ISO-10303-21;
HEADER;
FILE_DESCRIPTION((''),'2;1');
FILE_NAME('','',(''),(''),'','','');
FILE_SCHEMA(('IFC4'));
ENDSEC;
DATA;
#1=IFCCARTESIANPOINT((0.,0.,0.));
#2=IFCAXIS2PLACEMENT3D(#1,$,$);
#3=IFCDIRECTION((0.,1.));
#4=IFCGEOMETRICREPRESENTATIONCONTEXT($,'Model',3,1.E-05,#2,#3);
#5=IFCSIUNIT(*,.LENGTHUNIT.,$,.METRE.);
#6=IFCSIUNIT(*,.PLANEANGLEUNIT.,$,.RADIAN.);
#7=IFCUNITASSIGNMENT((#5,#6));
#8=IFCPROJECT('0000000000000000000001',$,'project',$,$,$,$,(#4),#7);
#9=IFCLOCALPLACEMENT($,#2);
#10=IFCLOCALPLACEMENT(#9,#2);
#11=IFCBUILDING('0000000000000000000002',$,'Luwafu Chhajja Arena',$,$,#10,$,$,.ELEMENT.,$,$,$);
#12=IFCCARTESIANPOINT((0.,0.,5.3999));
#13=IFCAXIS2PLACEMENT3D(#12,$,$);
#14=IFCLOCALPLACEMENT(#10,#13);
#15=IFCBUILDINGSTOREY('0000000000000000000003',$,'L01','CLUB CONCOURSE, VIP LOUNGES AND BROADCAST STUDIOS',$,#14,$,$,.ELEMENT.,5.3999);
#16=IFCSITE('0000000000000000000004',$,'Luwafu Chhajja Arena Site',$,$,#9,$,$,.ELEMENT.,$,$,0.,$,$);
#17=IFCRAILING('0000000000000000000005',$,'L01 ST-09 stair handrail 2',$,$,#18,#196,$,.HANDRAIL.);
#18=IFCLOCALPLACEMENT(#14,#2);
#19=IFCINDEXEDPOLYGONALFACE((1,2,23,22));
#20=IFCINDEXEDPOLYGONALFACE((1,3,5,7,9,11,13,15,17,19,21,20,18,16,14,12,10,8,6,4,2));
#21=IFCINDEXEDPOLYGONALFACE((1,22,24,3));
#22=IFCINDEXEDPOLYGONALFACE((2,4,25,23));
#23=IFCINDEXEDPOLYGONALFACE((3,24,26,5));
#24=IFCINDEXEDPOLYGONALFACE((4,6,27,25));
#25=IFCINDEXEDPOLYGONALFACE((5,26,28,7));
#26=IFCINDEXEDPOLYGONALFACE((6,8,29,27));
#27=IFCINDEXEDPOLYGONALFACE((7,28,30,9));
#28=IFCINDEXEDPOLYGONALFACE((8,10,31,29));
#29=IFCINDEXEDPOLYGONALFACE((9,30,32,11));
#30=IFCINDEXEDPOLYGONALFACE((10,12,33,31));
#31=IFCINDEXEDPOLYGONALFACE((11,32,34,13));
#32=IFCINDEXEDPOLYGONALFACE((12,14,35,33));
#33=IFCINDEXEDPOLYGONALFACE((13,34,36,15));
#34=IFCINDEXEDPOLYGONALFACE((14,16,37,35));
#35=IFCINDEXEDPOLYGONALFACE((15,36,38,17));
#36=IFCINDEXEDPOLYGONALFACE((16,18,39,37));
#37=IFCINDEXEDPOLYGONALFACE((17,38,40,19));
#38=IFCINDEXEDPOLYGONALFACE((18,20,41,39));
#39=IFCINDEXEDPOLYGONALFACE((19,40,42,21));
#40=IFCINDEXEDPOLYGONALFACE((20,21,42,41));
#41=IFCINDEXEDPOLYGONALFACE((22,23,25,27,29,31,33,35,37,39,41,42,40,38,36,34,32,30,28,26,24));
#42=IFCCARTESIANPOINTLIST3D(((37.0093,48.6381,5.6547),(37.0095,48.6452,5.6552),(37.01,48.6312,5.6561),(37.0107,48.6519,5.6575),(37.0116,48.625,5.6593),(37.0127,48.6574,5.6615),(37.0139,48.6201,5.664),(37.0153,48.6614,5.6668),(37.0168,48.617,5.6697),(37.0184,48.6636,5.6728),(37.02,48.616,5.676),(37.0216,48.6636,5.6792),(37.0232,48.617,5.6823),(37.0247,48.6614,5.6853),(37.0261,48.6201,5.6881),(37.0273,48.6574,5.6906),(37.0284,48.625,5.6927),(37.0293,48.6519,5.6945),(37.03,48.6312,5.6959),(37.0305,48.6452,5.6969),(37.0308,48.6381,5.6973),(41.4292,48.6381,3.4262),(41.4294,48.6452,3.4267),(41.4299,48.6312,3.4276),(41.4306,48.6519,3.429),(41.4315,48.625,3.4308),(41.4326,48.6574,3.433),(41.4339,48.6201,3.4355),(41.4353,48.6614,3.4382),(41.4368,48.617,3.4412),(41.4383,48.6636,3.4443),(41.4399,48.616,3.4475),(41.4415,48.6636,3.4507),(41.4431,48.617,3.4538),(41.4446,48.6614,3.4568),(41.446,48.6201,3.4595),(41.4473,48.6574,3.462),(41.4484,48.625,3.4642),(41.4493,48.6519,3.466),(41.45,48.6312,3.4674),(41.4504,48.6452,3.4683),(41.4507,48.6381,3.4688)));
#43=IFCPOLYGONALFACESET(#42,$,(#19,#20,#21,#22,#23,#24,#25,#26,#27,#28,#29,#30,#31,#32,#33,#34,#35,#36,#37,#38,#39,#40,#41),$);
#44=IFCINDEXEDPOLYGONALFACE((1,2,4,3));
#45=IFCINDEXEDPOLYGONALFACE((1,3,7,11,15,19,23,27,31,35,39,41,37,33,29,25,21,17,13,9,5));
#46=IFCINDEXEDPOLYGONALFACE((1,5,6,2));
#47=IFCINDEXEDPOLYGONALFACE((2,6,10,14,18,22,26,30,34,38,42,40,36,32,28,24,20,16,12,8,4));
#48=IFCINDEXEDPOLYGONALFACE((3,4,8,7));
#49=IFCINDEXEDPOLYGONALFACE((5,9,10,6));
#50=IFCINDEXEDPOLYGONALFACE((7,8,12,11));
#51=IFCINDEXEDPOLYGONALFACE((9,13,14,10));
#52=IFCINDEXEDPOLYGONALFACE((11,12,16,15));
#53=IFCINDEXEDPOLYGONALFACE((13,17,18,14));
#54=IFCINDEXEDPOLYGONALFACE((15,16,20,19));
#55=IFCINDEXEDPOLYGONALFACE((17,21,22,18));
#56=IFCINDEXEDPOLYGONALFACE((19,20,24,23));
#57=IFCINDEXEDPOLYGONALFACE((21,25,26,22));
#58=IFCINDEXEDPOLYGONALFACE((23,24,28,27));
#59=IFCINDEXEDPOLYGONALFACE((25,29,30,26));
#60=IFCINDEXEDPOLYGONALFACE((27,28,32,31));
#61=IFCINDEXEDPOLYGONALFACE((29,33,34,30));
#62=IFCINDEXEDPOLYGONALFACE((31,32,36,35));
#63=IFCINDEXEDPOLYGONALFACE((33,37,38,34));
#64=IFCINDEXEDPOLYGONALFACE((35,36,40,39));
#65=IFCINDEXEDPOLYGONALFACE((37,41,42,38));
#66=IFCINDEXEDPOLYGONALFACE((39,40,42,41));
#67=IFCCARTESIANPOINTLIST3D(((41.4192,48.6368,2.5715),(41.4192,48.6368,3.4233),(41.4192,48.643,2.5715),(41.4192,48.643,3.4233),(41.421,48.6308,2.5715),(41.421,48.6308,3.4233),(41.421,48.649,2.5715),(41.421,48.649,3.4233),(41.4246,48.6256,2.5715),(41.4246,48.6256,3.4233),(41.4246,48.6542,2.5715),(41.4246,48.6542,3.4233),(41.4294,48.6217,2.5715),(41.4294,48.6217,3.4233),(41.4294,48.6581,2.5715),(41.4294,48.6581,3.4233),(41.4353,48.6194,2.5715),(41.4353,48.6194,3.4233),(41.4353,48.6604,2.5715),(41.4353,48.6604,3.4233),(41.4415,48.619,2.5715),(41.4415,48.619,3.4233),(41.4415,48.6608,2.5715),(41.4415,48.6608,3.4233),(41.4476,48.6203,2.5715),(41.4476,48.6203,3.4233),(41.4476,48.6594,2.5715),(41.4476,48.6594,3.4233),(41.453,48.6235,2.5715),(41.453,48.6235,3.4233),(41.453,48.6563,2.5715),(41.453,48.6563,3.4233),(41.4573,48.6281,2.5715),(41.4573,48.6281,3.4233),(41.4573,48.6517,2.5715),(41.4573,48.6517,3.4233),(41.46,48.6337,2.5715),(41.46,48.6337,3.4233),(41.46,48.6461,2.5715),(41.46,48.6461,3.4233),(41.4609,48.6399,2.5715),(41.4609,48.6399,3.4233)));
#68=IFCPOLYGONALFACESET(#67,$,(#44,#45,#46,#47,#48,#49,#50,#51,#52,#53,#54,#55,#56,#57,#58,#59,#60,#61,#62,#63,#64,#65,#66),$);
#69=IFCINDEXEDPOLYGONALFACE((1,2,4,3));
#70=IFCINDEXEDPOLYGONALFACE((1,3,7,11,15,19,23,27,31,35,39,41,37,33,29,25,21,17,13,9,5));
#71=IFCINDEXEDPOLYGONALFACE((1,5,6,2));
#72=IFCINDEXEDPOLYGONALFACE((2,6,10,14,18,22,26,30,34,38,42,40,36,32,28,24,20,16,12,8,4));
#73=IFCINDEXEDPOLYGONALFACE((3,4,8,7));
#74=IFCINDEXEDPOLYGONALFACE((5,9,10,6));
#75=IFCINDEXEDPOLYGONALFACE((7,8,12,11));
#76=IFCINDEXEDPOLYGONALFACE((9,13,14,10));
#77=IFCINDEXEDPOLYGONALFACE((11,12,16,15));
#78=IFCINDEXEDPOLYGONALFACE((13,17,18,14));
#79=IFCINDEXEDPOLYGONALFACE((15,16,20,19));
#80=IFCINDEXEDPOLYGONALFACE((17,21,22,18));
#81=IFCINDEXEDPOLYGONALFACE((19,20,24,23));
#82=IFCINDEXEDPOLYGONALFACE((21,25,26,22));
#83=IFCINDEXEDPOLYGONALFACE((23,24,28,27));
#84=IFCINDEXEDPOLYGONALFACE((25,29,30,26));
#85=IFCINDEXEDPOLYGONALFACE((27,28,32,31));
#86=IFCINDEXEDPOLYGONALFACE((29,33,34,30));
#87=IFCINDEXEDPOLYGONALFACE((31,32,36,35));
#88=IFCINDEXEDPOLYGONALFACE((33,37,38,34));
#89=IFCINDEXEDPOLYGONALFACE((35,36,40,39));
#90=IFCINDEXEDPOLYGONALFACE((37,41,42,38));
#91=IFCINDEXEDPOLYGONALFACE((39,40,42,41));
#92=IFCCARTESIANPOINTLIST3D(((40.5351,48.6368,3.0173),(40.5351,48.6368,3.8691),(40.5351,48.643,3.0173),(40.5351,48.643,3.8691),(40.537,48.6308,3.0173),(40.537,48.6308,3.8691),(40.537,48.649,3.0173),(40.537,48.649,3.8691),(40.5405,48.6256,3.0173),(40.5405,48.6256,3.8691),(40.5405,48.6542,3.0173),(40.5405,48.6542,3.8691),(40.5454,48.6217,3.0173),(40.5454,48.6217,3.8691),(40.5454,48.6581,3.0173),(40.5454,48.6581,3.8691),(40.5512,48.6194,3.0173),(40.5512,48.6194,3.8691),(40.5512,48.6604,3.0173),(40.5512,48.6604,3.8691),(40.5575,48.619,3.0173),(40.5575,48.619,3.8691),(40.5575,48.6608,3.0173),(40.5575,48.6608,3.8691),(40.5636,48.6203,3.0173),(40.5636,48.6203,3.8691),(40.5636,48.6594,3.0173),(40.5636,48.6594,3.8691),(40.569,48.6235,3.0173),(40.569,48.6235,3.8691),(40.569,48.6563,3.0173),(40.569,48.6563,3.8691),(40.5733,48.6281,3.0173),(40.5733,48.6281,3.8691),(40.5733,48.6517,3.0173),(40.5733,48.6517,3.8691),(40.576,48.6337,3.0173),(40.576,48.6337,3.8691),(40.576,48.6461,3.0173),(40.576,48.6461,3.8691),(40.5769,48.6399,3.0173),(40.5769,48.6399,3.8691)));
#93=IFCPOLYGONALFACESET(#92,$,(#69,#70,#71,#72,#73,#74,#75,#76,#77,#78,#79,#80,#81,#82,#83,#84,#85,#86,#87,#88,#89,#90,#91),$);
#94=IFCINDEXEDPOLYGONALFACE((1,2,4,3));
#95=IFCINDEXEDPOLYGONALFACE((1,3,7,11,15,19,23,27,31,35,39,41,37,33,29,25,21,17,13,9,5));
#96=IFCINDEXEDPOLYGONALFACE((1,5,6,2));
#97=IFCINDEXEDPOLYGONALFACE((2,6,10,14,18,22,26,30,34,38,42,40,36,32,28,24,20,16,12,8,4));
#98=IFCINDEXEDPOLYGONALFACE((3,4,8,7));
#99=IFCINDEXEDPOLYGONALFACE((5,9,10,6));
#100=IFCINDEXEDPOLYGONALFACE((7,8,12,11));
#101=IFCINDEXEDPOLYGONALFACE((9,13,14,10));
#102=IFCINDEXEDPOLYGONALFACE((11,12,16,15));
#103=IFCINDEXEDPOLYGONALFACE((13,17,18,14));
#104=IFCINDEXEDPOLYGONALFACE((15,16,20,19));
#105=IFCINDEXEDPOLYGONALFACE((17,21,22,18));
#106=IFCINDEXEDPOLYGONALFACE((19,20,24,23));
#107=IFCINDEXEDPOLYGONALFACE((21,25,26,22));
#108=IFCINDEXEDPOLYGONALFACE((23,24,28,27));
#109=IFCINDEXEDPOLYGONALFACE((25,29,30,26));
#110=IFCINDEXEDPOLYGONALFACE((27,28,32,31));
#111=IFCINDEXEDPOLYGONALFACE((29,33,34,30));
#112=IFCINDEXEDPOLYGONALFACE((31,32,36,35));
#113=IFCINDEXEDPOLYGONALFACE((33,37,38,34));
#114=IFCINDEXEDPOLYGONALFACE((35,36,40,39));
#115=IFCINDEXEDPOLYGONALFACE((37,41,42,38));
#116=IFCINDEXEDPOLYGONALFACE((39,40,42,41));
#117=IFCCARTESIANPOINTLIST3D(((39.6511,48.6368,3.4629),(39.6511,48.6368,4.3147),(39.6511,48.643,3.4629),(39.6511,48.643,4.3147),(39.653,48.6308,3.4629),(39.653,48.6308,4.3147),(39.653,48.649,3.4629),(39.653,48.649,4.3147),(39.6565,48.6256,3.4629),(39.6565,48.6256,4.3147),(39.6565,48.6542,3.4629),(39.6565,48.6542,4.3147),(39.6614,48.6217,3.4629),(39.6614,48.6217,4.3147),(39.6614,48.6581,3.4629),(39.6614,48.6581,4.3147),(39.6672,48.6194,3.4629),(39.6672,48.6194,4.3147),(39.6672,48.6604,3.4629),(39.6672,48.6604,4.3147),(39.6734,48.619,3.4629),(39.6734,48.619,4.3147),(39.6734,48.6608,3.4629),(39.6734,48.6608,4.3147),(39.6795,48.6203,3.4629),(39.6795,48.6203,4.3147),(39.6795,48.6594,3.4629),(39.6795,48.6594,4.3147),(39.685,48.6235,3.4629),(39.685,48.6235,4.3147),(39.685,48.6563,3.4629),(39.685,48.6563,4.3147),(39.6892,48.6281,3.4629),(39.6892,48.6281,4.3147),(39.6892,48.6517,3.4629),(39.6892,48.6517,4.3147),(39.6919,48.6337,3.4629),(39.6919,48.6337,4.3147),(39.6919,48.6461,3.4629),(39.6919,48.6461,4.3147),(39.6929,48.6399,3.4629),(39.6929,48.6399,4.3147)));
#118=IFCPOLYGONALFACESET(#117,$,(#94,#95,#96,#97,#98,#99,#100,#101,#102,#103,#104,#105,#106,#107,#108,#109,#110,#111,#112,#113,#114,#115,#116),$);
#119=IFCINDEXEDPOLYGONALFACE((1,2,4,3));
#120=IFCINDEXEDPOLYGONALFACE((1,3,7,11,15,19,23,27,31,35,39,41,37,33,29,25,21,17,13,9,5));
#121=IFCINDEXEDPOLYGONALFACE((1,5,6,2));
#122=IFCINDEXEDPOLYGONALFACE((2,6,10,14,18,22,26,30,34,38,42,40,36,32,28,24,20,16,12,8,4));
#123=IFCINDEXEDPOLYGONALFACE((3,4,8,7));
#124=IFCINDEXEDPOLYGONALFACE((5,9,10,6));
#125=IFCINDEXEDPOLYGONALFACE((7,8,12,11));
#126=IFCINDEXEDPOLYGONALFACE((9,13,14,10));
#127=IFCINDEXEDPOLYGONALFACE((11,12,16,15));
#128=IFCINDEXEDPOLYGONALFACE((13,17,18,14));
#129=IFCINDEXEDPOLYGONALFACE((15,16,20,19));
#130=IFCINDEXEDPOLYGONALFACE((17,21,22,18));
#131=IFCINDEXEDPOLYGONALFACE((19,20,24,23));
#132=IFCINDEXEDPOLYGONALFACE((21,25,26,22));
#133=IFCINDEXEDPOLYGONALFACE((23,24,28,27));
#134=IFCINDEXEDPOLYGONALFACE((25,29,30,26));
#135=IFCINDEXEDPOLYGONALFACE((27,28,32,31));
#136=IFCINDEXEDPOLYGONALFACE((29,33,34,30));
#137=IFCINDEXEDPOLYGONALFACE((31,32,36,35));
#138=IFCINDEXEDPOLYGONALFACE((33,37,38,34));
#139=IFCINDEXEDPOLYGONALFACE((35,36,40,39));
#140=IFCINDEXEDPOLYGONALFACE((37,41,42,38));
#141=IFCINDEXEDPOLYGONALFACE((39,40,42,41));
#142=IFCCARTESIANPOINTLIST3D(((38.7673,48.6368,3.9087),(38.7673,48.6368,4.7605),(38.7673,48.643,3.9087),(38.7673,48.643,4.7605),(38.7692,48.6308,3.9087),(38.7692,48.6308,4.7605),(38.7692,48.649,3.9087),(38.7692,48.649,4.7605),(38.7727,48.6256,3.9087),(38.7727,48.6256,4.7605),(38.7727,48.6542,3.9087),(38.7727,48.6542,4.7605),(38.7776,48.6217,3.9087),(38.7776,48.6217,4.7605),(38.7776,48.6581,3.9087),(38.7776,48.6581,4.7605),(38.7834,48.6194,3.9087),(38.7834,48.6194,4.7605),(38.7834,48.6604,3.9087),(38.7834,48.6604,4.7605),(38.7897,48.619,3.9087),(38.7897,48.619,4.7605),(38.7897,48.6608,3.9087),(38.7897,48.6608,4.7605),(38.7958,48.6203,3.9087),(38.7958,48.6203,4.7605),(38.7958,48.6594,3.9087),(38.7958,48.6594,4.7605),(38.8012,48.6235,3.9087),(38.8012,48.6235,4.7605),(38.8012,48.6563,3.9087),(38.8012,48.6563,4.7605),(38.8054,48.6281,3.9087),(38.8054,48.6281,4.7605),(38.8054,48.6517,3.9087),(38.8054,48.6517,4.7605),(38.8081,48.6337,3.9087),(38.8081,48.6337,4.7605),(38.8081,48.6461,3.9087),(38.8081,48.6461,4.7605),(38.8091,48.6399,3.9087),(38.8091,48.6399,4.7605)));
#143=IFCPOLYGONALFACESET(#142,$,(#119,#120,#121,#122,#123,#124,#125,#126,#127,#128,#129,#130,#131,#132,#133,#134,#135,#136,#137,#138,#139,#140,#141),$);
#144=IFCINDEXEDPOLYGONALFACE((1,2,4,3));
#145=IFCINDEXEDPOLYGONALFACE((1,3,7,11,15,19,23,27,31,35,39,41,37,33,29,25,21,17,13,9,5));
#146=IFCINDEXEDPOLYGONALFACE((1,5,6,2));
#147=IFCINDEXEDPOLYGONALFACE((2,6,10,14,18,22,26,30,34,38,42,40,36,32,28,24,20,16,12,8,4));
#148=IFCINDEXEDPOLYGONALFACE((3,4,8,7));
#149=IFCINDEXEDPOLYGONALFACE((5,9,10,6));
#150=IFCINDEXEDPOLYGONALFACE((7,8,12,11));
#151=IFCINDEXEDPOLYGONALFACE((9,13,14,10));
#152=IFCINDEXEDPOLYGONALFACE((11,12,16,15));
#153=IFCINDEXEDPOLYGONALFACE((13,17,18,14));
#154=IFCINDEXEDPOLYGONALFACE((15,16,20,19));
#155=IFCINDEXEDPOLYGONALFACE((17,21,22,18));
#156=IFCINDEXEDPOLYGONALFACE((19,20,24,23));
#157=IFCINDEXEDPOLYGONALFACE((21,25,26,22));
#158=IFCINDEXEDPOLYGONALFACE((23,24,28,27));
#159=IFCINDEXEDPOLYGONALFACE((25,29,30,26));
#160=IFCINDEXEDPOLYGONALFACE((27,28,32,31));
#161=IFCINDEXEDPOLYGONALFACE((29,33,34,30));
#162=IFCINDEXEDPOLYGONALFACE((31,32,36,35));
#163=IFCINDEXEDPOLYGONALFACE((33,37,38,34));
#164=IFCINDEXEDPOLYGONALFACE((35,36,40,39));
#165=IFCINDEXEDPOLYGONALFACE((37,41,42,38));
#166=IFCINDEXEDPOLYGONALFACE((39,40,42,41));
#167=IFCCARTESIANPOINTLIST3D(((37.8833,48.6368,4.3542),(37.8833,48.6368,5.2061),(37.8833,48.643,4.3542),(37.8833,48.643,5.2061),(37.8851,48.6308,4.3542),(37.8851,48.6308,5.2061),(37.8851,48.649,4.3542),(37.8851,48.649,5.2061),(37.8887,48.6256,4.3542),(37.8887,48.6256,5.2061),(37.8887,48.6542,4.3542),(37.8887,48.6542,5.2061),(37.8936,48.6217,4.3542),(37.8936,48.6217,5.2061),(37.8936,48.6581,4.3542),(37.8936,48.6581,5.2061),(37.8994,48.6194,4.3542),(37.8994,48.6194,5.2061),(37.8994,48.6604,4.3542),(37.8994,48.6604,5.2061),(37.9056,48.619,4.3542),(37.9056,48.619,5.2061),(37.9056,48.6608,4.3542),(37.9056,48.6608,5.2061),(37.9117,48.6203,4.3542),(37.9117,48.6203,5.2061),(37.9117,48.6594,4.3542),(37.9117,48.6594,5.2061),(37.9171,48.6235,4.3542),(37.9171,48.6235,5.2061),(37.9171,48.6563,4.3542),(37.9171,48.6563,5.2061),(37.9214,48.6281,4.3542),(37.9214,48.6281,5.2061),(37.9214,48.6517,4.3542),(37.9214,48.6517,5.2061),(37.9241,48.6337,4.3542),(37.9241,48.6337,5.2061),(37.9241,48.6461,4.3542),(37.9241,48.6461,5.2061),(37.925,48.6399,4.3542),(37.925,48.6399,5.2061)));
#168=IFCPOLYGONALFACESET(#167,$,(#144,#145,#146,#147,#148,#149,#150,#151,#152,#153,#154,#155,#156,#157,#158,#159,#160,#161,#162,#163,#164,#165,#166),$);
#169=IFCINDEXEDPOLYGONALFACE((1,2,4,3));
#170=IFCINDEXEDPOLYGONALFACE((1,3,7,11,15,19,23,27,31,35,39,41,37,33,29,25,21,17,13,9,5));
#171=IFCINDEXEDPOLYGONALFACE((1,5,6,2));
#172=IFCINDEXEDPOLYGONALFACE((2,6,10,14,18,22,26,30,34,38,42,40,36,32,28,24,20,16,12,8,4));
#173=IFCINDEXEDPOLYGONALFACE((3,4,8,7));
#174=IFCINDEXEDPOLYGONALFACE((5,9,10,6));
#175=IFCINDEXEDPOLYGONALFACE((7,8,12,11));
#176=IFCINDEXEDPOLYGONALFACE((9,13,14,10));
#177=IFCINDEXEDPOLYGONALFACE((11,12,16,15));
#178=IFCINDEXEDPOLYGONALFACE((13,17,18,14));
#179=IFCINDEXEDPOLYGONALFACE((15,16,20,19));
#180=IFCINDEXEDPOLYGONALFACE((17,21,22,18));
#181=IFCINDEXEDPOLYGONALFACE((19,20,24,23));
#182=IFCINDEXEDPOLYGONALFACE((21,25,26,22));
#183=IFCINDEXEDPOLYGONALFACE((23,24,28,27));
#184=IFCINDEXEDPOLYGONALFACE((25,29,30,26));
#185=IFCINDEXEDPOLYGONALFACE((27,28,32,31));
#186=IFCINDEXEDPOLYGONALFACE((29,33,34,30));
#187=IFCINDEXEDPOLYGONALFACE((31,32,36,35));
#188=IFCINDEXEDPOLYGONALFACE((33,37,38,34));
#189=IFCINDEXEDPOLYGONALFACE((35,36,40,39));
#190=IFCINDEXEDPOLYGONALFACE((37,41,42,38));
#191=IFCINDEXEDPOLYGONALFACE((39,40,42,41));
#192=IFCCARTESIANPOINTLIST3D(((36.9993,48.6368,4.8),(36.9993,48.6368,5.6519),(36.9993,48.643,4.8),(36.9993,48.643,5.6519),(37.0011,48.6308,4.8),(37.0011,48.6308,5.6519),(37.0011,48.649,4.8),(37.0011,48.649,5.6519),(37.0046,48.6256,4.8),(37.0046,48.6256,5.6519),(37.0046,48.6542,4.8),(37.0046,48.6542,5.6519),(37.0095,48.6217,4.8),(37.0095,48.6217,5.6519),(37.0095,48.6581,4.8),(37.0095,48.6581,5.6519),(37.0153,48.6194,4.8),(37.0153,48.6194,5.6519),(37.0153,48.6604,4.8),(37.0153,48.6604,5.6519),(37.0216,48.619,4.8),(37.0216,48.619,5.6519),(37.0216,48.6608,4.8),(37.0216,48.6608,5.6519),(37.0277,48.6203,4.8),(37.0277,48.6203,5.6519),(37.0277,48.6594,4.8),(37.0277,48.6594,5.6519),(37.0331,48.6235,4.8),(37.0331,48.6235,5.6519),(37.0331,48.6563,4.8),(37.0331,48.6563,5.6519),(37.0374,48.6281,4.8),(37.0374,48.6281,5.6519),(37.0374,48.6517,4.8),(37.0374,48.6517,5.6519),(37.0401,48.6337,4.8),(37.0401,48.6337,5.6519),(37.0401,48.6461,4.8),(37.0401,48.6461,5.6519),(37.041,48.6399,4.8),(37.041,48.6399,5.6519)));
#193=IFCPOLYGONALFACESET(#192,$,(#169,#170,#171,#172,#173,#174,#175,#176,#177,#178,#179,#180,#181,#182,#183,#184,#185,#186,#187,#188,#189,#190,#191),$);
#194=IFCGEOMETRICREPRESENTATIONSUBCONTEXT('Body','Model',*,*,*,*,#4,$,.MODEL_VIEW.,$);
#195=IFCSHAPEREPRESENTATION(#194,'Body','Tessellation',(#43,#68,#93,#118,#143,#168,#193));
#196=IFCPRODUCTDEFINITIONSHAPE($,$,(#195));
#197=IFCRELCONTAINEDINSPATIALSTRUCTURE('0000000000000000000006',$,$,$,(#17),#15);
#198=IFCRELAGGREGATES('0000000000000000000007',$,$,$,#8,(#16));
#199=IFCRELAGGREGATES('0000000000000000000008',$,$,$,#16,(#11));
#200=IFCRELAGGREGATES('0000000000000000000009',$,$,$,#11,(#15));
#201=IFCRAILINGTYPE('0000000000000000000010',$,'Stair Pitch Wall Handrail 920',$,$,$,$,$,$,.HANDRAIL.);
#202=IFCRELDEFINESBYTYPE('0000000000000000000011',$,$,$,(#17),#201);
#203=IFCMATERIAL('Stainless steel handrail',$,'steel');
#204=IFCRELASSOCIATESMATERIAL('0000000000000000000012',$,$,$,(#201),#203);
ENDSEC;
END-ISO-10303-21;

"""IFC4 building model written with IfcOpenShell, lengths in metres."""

from ifc_helpers import new_model, si_unit, direction, frame, origin, origin_2d, place, context, subcontext, project, spatial, circle, extrude, material, type_object, element, save


model = new_model("IFC4")

# Units and contexts
model_context = context("Model", 3, precision=1e-05, world=origin(), true_north=direction((0.0, 1.0)))
body_context = subcontext(model_context, "Body", "Model", "MODEL_VIEW")
ifc_project = project(units=[si_unit("LENGTHUNIT", "METRE"), si_unit("PLANEANGLEUNIT", "RADIAN")], contexts=[model_context])

# Site, building, storey
site_placement = place(None, origin())
site = spatial("IfcSite", under=ifc_project, at=site_placement, Name="Luwafu Chhajja Arena Site", CompositionType="ELEMENT", RefElevation=0.0)
building_placement = place(site_placement, origin())
building = spatial("IfcBuilding", under=site, at=building_placement, Name="Luwafu Chhajja Arena", CompositionType="ELEMENT")
storey_placement = place(building_placement, frame((0.0, 0.0, 5.3999)))
storey = spatial("IfcBuildingStorey", under=building, at=storey_placement, Name="L01", Description="CLUB CONCOURSE, VIP LOUNGES AND BROADCAST STUDIOS", CompositionType="ELEMENT", Elevation=5.3999)

# Railing
ifc_material_1 = material(Name="Stainless steel handrail", Category="steel")
railing_type_1 = type_object("IfcRailingType", Name="Stair Pitch Wall Handrail 920", PredefinedType="HANDRAIL", material=ifc_material_1)
railing_1_placement = place(storey_placement, frame((41.4399, 48.6399, 2.5715)))
element("IfcRailing", 1, at=railing_1_placement, inside=storey, type_object=railing_type_1, Name="L01 ST-09 stair handrail 2", PredefinedType="HANDRAIL", context=body_context, shape_type="SweptSolid", body=[
    extrude(circle(Radius=0.0239, at=origin_2d()), frame((0.0, 0.0, 0.876), z_axis=(-0.892923, 0.0, 0.45021), x_axis=(0.0, -1.0, 0.0)), (0.0, 0.0, 1.0), 4.95),
    extrude(circle(Radius=0.021, at=origin_2d()), origin(), (0.0, 0.0, 1.0), 0.8518),
    extrude(circle(Radius=0.021, at=origin_2d()), frame((-0.884, 0.0, 0.4458)), (0.0, 0.0, 1.0), 0.8518),
    extrude(circle(Radius=0.021, at=origin_2d()), frame((-1.7681, 0.0, 0.8914)), (0.0, 0.0, 1.0), 0.8518),
    extrude(circle(Radius=0.021, at=origin_2d()), frame((-2.6519, 0.0, 1.3372)), (0.0, 0.0, 1.0), 0.8518),
    extrude(circle(Radius=0.021, at=origin_2d()), frame((-3.5359, 0.0, 1.7827)), (0.0, 0.0, 1.0), 0.8518),
    extrude(circle(Radius=0.021, at=origin_2d()), frame((-4.4199, 0.0, 2.2285)), (0.0, 0.0, 1.0), 0.8518),
])

save(model, "model.ifc")
